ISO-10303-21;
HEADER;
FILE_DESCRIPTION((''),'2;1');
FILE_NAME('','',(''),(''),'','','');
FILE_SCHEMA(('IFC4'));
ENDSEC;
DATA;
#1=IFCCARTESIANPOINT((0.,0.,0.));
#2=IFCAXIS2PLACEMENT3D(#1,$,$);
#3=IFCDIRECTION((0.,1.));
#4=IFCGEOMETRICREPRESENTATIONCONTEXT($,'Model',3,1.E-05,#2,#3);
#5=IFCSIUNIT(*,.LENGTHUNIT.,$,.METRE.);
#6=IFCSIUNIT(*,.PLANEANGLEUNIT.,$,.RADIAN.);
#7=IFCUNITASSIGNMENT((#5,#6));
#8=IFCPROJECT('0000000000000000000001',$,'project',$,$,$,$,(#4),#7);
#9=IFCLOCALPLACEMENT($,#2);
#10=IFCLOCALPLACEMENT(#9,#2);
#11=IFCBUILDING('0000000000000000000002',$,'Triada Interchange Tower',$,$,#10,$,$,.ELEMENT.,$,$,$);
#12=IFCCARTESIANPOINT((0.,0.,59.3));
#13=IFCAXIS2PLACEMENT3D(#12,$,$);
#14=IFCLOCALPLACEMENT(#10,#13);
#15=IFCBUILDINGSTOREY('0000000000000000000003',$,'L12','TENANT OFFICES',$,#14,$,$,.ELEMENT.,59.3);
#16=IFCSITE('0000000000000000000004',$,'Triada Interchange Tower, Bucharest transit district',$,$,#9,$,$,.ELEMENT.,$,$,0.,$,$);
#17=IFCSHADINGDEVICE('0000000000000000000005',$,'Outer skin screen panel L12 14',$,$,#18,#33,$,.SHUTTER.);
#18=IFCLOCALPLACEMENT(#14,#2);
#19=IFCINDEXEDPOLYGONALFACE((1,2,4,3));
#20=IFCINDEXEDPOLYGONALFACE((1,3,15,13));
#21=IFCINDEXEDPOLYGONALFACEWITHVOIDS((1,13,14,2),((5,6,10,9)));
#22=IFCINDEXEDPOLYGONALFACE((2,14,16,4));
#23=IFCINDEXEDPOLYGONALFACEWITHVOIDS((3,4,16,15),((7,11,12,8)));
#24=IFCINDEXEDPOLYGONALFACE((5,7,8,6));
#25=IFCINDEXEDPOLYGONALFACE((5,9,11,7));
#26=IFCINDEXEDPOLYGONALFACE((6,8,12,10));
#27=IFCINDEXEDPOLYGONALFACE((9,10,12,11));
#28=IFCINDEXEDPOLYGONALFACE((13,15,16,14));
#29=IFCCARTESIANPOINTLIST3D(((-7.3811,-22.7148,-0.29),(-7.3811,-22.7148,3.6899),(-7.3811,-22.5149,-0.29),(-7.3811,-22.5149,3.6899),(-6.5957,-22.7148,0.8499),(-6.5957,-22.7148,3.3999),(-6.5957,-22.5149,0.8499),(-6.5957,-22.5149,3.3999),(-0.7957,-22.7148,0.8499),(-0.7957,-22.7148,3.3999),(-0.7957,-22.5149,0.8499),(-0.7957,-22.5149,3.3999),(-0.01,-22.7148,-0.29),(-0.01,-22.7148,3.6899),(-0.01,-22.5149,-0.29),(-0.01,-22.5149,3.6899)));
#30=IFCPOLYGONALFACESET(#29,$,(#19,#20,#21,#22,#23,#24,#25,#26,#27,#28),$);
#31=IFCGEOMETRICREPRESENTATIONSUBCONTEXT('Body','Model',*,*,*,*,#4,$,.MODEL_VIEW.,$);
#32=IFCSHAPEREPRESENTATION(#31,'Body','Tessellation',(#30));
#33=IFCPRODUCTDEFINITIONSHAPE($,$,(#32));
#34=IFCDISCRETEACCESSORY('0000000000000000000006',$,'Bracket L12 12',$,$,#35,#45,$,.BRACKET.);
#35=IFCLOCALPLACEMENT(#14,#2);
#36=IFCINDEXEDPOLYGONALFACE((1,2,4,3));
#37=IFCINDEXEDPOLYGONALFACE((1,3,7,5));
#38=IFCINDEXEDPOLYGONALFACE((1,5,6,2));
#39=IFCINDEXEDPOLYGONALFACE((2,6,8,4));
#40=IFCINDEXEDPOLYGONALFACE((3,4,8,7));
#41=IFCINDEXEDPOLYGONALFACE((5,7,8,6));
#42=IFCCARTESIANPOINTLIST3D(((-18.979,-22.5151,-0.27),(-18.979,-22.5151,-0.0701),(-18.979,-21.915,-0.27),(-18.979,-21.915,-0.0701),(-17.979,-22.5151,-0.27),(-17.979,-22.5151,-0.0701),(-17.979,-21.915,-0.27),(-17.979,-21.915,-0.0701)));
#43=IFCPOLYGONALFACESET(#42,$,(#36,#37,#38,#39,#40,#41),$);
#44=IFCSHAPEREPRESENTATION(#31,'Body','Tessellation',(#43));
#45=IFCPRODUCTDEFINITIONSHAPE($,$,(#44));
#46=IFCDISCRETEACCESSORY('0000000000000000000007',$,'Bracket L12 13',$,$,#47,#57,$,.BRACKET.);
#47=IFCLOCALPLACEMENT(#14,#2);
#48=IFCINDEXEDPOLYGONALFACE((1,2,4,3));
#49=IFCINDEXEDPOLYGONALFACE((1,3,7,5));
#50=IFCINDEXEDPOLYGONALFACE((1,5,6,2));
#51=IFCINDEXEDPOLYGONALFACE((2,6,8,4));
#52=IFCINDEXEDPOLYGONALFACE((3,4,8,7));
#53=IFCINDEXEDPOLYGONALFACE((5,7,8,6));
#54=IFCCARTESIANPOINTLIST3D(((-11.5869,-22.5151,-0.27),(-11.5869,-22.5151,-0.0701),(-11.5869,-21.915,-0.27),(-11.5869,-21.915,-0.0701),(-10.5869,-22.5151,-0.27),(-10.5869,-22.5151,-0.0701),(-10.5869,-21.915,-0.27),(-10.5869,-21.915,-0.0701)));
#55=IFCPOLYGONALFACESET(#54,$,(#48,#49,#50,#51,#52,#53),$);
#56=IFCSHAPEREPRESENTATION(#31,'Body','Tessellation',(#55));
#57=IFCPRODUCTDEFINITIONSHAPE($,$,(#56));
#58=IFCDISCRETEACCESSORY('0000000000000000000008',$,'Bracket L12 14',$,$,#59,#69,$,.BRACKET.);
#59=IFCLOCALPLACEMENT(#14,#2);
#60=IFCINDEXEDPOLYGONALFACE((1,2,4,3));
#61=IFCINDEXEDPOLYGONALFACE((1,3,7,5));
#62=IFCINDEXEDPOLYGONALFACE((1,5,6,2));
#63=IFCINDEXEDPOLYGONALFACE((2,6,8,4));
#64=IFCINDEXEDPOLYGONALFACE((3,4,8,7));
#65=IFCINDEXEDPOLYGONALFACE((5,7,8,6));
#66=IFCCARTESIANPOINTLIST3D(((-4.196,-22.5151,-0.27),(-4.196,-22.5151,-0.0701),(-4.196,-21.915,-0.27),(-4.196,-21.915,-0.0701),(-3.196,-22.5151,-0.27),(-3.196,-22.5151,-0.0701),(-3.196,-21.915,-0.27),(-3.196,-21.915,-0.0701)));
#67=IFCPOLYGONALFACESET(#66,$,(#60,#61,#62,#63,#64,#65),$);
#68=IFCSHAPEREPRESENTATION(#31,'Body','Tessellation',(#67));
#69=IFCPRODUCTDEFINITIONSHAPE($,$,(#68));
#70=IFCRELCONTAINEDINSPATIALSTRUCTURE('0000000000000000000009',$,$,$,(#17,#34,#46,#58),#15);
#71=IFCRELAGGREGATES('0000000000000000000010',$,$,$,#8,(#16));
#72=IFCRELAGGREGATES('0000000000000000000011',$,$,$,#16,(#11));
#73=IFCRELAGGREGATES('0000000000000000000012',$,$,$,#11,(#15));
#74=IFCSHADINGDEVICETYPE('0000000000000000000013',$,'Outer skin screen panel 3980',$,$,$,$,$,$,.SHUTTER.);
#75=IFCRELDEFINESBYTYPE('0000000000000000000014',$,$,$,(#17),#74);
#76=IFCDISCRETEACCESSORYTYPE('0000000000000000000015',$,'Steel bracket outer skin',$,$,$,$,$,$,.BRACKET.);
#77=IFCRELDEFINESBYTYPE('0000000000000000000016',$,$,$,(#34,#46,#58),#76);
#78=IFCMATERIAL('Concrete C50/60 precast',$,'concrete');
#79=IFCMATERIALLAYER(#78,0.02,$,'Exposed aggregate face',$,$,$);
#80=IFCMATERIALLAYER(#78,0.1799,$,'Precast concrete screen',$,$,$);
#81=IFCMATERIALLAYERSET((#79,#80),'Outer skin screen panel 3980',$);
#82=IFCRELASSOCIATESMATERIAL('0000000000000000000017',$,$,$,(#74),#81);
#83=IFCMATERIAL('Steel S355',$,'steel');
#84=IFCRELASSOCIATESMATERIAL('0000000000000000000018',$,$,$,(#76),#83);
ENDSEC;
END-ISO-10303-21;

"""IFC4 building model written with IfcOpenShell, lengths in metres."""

from ifc_helpers import new_model, si_unit, direction, frame, origin, origin_2d, place, context, subcontext, project, spatial, polyline, rectangle, outline, extrude, material, layer, layer_set, type_object, element, save


model = new_model("IFC4")

# Units and contexts
model_context = context("Model", 3, precision=1e-05, world=origin(), true_north=direction((0.0, 1.0)))
body_context = subcontext(model_context, "Body", "Model", "MODEL_VIEW")
ifc_project = project(units=[si_unit("LENGTHUNIT", "METRE"), si_unit("PLANEANGLEUNIT", "RADIAN")], contexts=[model_context])

# Site, building, storey
site_placement = place(None, origin())
site = spatial("IfcSite", under=ifc_project, at=site_placement, Name="Triada Interchange Tower, Bucharest transit district", CompositionType="ELEMENT", RefElevation=0.0)
building_placement = place(site_placement, origin())
building = spatial("IfcBuilding", under=site, at=building_placement, Name="Triada Interchange Tower", CompositionType="ELEMENT")
storey_placement = place(building_placement, frame((0.0, 0.0, 59.3)))
storey = spatial("IfcBuildingStorey", under=building, at=storey_placement, Name="L12", Description="TENANT OFFICES", CompositionType="ELEMENT", Elevation=59.3)

# Shading device
ifc_material_1 = material(Name="Concrete C50/60 precast", Category="concrete")
ifc_layer_1 = layer(ifc_material_1, 0.02, Name="Exposed aggregate face")
ifc_layer_2 = layer(ifc_material_1, 0.1799, Name="Precast concrete screen")
ifc_layer_set_1 = layer_set([ifc_layer_1, ifc_layer_2], Name="Outer skin screen panel 3980")
shading_device_type = type_object("IfcShadingDeviceType", Name="Outer skin screen panel 3980", PredefinedType="SHUTTER", material=ifc_layer_set_1)
shading_device_1_placement = place(storey_placement, frame((-7.3811, -22.5149, -0.29), z_axis=(0.0, 0.0, 1.0), x_axis=(1.0, 0.0, 0.0)))
element("IfcShadingDevice", 1, at=shading_device_1_placement, inside=storey, type_object=shading_device_type, Name="Outer skin screen panel L12 14", PredefinedType="SHUTTER", context=body_context, shape_type="SweptSolid", body=[
    extrude(outline(polyline([(0.0, 0.0), (7.3711, 0.0), (7.3711, 3.98), (0.0, 3.98), (0.0, 0.0)]), holes=[polyline([(0.7854, 1.1399), (0.7854, 3.6899), (6.5854, 3.6899), (6.5854, 1.1399), (0.7854, 1.1399)])]), frame((0.0, 0.0, 0.0), z_axis=(0.0, -1.0, 0.0), x_axis=(1.0, 0.0, 0.0)), (0.0, 0.0, 1.0), 0.2),
])

# Discrete accessories
ifc_material_2 = material(Name="Steel S355", Category="steel")
discrete_accessory_type = type_object("IfcDiscreteAccessoryType", Name="Steel bracket outer skin", PredefinedType="BRACKET", material=ifc_material_2)
for number, where, z_axis, x_axis, name in (
    (2, (-18.479, -22.2151, -0.27), (0.0, 0.0, 1.0), (0.0, -1.0, 0.0), "Bracket L12 12"),
    (3, (-11.0869, -22.2151, -0.27), (0.0, 0.0, 1.0), (0.0, -1.0, 0.0), "Bracket L12 13"),
    (4, (-3.696, -22.2151, -0.27), (0.0, 0.0, 1.0), (0.0, -1.0, 0.0), "Bracket L12 14"),
):
    element("IfcDiscreteAccessory", number, at=place(storey_placement, frame(where, z_axis=z_axis, x_axis=x_axis)), inside=storey, type_object=discrete_accessory_type, Name=name, PredefinedType="BRACKET", context=body_context, shape_type="SweptSolid", body=[
        extrude(rectangle(XDim=0.6001, YDim=1.0, at=origin_2d()), origin(), (0.0, 0.0, 1.0), 0.2),
    ])

save(model, "model.ifc")
